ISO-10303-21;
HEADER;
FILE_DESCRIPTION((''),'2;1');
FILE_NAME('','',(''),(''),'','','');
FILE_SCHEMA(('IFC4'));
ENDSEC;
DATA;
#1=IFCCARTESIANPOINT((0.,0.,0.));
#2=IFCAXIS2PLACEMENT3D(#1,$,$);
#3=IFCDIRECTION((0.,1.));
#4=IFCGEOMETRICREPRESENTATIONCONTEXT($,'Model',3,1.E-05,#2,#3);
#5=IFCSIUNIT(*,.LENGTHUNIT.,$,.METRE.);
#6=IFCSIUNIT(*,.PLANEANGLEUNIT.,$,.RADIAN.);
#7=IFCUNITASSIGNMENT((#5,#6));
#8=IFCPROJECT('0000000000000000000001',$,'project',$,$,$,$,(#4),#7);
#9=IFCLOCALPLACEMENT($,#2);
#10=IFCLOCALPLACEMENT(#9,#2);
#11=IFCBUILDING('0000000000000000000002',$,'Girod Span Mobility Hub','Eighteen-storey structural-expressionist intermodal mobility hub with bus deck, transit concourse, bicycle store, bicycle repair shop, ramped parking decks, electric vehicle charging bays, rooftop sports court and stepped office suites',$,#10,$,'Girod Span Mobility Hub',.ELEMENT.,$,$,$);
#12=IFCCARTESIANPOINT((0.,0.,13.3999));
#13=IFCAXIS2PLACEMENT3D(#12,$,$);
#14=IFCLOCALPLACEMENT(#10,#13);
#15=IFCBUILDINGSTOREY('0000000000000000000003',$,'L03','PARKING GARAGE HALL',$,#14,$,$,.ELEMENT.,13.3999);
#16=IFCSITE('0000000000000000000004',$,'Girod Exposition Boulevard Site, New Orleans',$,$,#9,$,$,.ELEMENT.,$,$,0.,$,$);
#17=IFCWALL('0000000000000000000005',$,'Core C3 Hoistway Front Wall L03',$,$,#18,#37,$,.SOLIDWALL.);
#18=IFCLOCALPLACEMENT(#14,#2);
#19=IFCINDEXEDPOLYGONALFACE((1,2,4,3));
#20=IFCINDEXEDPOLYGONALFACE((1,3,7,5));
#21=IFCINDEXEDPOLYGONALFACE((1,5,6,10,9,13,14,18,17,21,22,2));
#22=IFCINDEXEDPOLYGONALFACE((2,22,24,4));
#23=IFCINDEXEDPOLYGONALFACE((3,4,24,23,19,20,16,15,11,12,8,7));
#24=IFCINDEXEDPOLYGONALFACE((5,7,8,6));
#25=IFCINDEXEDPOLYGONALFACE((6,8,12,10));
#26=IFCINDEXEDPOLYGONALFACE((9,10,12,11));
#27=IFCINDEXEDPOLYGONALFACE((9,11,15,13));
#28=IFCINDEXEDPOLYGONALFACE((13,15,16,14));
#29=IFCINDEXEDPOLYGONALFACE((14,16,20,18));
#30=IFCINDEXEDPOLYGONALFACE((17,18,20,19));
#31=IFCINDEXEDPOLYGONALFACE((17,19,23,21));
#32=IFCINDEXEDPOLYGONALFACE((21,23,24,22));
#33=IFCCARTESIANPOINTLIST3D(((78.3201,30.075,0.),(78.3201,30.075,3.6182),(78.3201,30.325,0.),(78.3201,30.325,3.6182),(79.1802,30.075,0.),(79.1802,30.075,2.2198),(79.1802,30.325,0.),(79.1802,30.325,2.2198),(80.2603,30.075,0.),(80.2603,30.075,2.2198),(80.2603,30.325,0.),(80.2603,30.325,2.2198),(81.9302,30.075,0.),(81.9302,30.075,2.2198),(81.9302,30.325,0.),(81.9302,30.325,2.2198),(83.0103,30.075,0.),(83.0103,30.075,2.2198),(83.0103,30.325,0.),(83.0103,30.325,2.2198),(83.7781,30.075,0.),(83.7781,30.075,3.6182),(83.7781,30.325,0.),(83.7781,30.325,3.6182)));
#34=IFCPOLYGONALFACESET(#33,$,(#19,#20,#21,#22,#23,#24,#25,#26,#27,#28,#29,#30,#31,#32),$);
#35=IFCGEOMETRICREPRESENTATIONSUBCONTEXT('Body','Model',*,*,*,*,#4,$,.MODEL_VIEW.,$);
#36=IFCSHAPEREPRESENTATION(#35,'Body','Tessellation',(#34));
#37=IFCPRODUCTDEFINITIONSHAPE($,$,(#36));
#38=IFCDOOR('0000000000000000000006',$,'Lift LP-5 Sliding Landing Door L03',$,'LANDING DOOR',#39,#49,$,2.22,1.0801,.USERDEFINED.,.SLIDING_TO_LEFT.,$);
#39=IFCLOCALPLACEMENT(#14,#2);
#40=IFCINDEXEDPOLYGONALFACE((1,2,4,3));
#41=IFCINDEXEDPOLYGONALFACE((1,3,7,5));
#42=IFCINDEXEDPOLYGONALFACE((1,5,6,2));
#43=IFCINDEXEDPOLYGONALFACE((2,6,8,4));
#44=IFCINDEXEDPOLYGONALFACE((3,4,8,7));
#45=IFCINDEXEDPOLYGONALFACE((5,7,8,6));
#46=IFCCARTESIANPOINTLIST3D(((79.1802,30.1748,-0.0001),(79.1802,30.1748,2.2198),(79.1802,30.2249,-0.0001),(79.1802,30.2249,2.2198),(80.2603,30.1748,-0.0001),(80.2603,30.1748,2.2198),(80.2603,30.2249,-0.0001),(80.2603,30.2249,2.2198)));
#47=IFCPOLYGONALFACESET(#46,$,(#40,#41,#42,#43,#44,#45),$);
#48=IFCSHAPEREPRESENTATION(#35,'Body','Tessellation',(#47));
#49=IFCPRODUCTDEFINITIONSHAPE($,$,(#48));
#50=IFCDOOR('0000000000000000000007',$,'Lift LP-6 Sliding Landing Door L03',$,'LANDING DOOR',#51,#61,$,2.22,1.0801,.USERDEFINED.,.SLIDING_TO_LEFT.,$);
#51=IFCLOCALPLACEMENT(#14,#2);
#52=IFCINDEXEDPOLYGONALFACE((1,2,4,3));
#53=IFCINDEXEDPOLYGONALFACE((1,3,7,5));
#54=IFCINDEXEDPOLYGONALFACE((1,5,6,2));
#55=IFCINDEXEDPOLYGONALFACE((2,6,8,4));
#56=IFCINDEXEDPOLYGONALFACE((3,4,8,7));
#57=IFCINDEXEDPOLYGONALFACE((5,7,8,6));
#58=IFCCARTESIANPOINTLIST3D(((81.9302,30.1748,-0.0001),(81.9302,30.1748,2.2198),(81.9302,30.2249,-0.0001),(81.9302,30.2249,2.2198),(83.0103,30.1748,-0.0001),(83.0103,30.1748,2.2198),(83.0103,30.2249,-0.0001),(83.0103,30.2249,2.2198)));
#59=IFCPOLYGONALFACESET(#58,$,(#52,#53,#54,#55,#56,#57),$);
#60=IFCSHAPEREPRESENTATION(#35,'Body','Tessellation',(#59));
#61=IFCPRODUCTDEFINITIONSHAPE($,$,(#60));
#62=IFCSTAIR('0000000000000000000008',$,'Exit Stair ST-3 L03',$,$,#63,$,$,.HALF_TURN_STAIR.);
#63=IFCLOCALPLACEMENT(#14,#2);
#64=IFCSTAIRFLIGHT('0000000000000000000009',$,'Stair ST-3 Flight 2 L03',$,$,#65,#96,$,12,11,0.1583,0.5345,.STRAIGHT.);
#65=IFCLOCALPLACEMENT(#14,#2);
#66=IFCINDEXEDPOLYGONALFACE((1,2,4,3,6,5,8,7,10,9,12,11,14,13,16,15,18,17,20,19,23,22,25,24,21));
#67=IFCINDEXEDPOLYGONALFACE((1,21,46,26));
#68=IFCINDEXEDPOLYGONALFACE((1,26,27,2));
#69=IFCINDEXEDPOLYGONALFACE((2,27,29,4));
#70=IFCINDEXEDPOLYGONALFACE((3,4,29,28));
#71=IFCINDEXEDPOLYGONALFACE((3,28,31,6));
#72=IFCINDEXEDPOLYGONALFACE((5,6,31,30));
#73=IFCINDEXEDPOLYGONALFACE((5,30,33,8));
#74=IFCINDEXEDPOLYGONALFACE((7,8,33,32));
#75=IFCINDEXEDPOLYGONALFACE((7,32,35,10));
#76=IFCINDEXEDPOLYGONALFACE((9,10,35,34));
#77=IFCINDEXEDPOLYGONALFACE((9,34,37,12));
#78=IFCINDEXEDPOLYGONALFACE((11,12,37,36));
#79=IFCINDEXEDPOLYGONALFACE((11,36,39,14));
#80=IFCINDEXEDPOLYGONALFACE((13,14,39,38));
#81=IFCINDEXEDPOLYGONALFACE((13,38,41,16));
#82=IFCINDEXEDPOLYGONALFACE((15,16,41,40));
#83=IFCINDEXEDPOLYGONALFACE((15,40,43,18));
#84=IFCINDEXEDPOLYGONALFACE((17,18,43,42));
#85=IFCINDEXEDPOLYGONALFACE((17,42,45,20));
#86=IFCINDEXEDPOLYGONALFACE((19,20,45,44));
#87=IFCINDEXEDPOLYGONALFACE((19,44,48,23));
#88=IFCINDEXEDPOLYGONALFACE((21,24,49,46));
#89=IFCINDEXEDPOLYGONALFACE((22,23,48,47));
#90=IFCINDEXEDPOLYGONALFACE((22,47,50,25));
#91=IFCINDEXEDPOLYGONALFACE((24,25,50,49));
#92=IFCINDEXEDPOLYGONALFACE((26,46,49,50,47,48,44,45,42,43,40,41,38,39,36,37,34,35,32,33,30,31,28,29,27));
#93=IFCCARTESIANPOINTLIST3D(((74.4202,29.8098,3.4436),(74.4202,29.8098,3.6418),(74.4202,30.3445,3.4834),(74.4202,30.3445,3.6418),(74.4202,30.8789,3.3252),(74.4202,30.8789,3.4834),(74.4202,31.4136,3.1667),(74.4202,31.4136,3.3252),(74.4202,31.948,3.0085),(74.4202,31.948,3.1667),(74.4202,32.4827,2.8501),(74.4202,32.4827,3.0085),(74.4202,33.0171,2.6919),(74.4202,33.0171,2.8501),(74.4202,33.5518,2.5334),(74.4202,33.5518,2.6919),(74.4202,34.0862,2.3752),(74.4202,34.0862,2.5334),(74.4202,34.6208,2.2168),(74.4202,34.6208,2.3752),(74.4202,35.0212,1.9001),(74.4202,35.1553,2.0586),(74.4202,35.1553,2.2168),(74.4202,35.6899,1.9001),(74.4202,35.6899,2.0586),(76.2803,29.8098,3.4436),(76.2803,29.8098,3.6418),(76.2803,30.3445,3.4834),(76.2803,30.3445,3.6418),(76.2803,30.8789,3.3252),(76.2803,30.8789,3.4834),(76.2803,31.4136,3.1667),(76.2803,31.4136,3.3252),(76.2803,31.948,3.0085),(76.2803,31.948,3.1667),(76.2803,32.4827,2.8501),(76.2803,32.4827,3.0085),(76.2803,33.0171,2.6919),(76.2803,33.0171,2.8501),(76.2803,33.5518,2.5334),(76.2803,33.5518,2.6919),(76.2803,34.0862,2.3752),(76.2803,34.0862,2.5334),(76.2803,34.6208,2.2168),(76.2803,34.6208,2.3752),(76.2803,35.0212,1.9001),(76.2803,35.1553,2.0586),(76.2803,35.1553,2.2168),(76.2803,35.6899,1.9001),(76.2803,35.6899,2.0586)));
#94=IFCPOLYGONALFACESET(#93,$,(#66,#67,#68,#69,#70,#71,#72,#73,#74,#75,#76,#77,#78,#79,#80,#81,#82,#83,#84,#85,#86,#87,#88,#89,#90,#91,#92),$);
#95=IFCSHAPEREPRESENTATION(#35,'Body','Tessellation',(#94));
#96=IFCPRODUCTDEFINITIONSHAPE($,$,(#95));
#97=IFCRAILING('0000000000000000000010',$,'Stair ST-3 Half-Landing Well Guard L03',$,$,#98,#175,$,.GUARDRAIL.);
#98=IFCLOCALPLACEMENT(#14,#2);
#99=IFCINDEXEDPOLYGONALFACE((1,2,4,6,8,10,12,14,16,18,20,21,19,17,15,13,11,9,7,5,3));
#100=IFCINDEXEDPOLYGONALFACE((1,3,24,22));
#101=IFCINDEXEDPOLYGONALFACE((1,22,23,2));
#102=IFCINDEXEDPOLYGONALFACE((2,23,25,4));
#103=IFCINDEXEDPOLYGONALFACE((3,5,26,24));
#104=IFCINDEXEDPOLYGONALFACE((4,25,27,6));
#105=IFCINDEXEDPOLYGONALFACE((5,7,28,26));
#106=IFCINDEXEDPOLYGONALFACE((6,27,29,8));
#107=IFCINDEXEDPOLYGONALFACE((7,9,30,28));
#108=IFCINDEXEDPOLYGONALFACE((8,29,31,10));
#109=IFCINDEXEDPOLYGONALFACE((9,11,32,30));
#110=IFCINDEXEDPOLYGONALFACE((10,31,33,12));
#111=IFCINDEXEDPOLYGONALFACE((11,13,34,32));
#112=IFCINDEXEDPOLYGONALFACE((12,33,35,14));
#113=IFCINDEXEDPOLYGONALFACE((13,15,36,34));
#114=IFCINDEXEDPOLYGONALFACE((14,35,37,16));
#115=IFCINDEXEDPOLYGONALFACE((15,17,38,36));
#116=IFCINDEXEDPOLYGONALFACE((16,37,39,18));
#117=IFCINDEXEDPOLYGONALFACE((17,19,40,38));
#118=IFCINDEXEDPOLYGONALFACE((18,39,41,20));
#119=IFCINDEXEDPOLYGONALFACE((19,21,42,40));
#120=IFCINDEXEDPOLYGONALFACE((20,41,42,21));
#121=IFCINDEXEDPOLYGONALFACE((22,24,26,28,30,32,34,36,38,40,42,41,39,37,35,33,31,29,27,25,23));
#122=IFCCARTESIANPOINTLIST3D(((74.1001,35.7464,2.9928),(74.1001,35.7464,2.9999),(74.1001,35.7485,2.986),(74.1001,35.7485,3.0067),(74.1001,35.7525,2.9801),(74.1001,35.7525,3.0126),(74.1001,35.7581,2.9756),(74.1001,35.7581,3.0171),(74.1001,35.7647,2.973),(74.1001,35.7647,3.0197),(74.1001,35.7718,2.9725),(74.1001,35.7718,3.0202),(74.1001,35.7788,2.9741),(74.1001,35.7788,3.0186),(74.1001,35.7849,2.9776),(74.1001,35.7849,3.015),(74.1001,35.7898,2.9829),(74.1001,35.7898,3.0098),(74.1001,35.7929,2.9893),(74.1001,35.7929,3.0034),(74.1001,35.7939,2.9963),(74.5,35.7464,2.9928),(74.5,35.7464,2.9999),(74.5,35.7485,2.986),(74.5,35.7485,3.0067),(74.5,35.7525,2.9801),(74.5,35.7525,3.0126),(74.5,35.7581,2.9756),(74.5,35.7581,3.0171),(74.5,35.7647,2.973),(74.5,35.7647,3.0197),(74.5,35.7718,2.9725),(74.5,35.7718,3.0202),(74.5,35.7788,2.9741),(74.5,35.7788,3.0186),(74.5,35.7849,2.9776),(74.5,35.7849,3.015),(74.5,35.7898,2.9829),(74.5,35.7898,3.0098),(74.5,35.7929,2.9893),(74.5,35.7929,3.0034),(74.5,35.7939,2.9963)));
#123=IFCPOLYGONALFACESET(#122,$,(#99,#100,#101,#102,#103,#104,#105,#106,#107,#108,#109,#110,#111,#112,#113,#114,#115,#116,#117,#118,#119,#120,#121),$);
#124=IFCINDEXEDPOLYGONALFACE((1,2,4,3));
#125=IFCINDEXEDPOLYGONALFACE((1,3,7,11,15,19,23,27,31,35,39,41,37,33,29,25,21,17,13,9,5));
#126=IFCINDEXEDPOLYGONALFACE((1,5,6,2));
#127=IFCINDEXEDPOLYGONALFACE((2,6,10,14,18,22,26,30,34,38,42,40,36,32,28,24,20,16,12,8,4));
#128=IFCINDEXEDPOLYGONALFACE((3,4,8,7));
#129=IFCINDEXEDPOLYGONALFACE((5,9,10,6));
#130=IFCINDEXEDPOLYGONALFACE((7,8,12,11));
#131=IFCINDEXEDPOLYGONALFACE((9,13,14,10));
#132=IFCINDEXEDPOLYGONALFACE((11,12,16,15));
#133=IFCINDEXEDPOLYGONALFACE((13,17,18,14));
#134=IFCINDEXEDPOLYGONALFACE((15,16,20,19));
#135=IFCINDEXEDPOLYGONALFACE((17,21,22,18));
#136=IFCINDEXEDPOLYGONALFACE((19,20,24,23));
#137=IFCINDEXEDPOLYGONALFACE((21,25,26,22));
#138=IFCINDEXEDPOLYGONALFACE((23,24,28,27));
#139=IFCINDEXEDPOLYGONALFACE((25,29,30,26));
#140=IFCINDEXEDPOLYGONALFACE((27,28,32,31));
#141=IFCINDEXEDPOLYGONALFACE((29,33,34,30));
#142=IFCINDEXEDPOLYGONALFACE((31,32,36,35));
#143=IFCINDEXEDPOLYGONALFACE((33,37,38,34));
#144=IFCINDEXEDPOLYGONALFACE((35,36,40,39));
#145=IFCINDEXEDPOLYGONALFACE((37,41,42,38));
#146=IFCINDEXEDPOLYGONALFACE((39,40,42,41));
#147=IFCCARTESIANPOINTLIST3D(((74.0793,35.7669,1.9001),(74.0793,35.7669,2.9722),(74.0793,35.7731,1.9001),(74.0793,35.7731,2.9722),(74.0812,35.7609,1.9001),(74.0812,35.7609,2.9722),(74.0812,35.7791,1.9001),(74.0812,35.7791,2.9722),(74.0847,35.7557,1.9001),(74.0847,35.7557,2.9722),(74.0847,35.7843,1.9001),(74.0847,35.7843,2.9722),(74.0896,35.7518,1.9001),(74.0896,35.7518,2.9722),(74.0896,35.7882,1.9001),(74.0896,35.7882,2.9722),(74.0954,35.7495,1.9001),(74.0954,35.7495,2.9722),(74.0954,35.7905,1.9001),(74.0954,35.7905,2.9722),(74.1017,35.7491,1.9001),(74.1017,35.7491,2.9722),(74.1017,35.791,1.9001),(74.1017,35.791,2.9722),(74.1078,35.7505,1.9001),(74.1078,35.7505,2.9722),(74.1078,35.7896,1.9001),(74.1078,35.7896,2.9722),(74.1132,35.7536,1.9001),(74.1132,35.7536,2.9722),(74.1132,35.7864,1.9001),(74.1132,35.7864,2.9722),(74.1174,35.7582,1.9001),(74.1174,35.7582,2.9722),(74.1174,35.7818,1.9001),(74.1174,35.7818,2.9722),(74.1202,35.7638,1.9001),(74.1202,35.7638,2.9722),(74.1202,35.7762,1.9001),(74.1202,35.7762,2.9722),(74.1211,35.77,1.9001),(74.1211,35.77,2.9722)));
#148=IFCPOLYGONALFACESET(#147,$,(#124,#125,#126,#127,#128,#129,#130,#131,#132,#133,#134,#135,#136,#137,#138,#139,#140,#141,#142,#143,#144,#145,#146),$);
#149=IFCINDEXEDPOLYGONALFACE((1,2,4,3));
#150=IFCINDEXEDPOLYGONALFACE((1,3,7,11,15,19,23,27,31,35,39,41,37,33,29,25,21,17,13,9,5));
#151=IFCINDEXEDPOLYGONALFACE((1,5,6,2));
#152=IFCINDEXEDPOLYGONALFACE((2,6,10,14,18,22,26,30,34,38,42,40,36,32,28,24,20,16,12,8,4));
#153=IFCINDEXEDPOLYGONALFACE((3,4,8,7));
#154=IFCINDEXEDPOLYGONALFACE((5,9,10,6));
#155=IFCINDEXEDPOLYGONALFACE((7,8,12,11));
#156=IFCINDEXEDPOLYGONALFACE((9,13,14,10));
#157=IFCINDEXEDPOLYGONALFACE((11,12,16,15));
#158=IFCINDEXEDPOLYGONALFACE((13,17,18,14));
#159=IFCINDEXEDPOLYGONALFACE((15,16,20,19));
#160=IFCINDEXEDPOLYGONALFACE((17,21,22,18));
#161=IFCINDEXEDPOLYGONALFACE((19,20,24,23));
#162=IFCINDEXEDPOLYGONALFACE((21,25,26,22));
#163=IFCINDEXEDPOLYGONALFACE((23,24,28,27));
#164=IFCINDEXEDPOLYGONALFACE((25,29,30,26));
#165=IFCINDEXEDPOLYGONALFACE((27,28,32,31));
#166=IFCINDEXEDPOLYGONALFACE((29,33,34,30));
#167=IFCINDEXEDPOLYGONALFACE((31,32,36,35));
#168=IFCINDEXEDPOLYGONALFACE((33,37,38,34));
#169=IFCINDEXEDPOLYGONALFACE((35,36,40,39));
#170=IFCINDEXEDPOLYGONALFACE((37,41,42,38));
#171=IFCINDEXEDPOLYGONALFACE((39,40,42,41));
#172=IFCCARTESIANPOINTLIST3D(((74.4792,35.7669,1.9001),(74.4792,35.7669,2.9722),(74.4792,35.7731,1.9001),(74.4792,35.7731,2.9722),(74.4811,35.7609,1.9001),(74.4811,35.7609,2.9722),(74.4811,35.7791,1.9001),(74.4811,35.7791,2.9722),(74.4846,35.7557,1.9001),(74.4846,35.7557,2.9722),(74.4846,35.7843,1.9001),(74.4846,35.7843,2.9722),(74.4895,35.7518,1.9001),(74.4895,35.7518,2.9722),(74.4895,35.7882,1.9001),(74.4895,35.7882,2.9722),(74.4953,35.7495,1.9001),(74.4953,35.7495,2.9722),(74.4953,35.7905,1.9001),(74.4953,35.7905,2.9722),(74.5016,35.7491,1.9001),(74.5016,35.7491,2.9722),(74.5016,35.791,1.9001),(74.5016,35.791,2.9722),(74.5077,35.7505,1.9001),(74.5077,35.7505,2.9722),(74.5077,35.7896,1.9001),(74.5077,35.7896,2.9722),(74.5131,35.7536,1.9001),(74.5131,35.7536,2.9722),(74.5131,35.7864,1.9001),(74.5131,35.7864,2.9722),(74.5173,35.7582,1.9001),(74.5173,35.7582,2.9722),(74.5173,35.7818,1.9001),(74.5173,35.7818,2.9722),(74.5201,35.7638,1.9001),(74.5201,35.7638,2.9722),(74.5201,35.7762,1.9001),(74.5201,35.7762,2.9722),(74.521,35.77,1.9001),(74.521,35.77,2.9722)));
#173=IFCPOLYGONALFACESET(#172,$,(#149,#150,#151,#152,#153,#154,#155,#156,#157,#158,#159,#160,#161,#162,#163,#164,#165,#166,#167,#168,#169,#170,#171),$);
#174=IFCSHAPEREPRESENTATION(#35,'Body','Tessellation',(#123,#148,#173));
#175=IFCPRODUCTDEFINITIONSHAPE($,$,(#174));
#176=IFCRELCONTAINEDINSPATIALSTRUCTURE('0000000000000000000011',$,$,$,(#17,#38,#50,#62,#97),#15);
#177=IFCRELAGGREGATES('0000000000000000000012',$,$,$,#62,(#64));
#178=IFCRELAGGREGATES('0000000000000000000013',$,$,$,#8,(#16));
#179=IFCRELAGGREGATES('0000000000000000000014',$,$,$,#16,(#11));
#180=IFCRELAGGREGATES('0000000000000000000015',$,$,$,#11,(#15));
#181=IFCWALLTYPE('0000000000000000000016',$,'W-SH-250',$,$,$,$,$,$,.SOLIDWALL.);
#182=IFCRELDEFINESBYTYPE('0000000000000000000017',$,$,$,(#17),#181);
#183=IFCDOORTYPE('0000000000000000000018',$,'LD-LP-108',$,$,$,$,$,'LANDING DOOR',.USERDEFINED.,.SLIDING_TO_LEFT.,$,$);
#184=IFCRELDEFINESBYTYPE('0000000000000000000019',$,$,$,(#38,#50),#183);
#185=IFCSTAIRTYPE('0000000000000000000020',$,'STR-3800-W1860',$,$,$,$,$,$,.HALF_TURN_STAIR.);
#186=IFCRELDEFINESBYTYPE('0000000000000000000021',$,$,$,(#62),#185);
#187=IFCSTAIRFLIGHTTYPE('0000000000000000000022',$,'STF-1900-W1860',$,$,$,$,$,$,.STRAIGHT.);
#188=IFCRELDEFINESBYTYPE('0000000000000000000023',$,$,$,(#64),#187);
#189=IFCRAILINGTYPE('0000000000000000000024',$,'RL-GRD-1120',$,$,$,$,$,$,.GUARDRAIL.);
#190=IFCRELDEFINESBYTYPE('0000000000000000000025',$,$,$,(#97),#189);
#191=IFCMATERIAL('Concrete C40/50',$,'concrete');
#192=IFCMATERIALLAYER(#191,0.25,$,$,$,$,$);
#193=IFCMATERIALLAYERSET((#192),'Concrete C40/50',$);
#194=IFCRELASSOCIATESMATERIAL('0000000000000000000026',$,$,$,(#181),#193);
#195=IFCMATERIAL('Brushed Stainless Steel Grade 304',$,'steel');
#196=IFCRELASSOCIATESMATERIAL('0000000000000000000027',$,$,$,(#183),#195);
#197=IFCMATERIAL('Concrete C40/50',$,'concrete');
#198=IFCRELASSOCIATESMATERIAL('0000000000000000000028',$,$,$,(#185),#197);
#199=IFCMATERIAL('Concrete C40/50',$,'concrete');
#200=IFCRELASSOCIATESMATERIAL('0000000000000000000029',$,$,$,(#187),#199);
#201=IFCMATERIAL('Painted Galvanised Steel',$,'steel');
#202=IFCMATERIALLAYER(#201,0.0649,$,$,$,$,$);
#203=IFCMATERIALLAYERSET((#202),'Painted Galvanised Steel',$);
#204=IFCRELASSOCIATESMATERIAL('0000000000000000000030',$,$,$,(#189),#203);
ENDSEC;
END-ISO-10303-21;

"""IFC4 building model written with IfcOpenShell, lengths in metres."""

from ifc_helpers import new_model, si_unit, direction, frame, frame_2d, origin, origin_2d, place, context, subcontext, project, spatial, polyline, rectangle, circle, outline, extrude, material, layer, layer_set, type_object, element, fill, aggregate, save


model = new_model("IFC4")

# Units and contexts
model_context = context("Model", 3, precision=1e-05, world=origin(), true_north=direction((0.0, 1.0)))
body_context = subcontext(model_context, "Body", "Model", "MODEL_VIEW")
ifc_project = project(units=[si_unit("LENGTHUNIT", "METRE"), si_unit("PLANEANGLEUNIT", "RADIAN")], contexts=[model_context])

# Site, building, storey
site_placement = place(None, origin())
site = spatial("IfcSite", under=ifc_project, at=site_placement, Name="Girod Exposition Boulevard Site, New Orleans", CompositionType="ELEMENT", RefElevation=0.0)
building_placement = place(site_placement, origin())
building = spatial("IfcBuilding", under=site, at=building_placement, Name="Girod Span Mobility Hub", Description="Eighteen-storey structural-expressionist intermodal mobility hub with bus deck, transit concourse, bicycle store, bicycle repair shop, ramped parking decks, electric vehicle charging bays, rooftop sports court and stepped office suites", LongName="Girod Span Mobility Hub", CompositionType="ELEMENT")
storey_placement = place(building_placement, frame((0.0, 0.0, 13.3999)))
storey = spatial("IfcBuildingStorey", under=building, at=storey_placement, Name="L03", Description="PARKING GARAGE HALL", CompositionType="ELEMENT", Elevation=13.3999)

# Wall, openings, doors
ifc_material_1 = material(Name="Concrete C40/50", Category="concrete")
ifc_layer_1 = layer(ifc_material_1, 0.25)
ifc_layer_set_1 = layer_set([ifc_layer_1], Name="Concrete C40/50")
wall_type_1 = type_object("IfcWallType", Name="W-SH-250", PredefinedType="SOLIDWALL", material=ifc_layer_set_1)
wall_1_placement = place(storey_placement, frame((78.3201, 30.2, 0.0), z_axis=(0.0, 0.0, 1.0), x_axis=(1.0, 0.0, 0.0)))
wall_1 = element("IfcWall", 1, at=wall_1_placement, inside=storey, type_object=wall_type_1, Name="Core C3 Hoistway Front Wall L03", PredefinedType="SOLIDWALL", context=body_context, shape_type="SweptSolid", body=[
    extrude(rectangle(XDim=5.458, YDim=0.25, at=frame_2d((2.729, 0.0))), origin(), (0.0, 0.0, 1.0), 3.6182),
])
opening_1_placement = place(wall_1_placement, frame((0.8601, 0.0, 0.0)))
opening_1 = element("IfcOpeningElement", 2, at=opening_1_placement, cuts=wall_1, PredefinedType="OPENING", context=body_context, shape_type="SweptSolid", body=[
    extrude(rectangle(XDim=1.0801, YDim=2.22, at=frame_2d((0.54, 1.1099))), frame((0.0, 0.1399, 0.0), z_axis=(0.0, -1.0, 0.0), x_axis=(1.0, 0.0, 0.0)), (0.0, 0.0, 1.0), 0.28),
])
opening_2_placement = place(wall_1_placement, frame((3.6101, 0.0, 0.0)))
opening_2 = element("IfcOpeningElement", 3, at=opening_2_placement, cuts=wall_1, PredefinedType="OPENING", context=body_context, shape_type="SweptSolid", body=[
    extrude(rectangle(XDim=1.0801, YDim=2.22, at=frame_2d((0.54, 1.1099))), frame((0.0, 0.1399, 0.0), z_axis=(0.0, -1.0, 0.0), x_axis=(1.0, 0.0, 0.0)), (0.0, 0.0, 1.0), 0.28),
])
ifc_material_2 = material(Name="Brushed Stainless Steel Grade 304", Category="steel")
door_type_1 = type_object("IfcDoorType", Name="LD-LP-108", ElementType="LANDING DOOR", OperationType="SLIDING_TO_LEFT", PredefinedType="USERDEFINED", material=ifc_material_2)
door_1_placement = place(opening_1_placement, origin())
door_1 = element("IfcDoor", 4, at=door_1_placement, inside=storey, type_object=door_type_1, Name="Lift LP-5 Sliding Landing Door L03", ObjectType="LANDING DOOR", OperationType="SLIDING_TO_LEFT", OverallHeight=2.22, OverallWidth=1.0801, PredefinedType="USERDEFINED", context=body_context, shape_type="SweptSolid", body=[
    extrude(rectangle(XDim=1.0801, YDim=2.22, at=frame_2d((0.54, 1.1099))), frame((0.0, 0.0249, 0.0), z_axis=(0.0, -1.0, 0.0), x_axis=(1.0, 0.0, 0.0)), (0.0, 0.0, 1.0), 0.05),
])
fill(opening_1, door_1)
door_2_placement = place(opening_2_placement, origin())
door_2 = element("IfcDoor", 5, at=door_2_placement, inside=storey, type_object=door_type_1, Name="Lift LP-6 Sliding Landing Door L03", ObjectType="LANDING DOOR", OperationType="SLIDING_TO_LEFT", OverallHeight=2.22, OverallWidth=1.0801, PredefinedType="USERDEFINED", context=body_context, shape_type="SweptSolid", body=[
    extrude(rectangle(XDim=1.0801, YDim=2.22, at=frame_2d((0.54, 1.1099))), frame((0.0, 0.0249, 0.0), z_axis=(0.0, -1.0, 0.0), x_axis=(1.0, 0.0, 0.0)), (0.0, 0.0, 1.0), 0.05),
])
fill(opening_2, door_2)

# Stair, stair flight
ifc_material_3 = material(Name="Concrete C40/50", Category="concrete")
stair_type = type_object("IfcStairType", Name="STR-3800-W1860", PredefinedType="HALF_TURN_STAIR", material=ifc_material_3)
stair_placement = place(storey_placement, origin())
stair = element("IfcStair", 6, at=stair_placement, inside=storey, type_object=stair_type, Name="Exit Stair ST-3 L03", PredefinedType="HALF_TURN_STAIR")
ifc_material_4 = material(Name="Concrete C40/50", Category="concrete")
stair_flight_type = type_object("IfcStairFlightType", Name="STF-1900-W1860", PredefinedType="STRAIGHT", material=ifc_material_4)
stair_flight_placement = place(storey_placement, frame((75.3501, 35.6899, 1.9001), z_axis=(0.0, 0.0, 1.0), x_axis=(0.0, -1.0, 0.0)))
stair_flight = element("IfcStairFlight", 7, at=stair_flight_placement, type_object=stair_flight_type, Name="Stair ST-3 Flight 2 L03", NumberOfRisers=12, NumberOfTreads=11, PredefinedType="STRAIGHT", RiserHeight=0.1583, TreadLength=0.5345, context=body_context, shape_type="SweptSolid", body=[
    extrude(outline(polyline([(0.0, 0.0), (0.0, 0.1584), (0.5347, 0.1584), (0.5347, 0.3167), (1.0691, 0.3167), (1.0691, 0.4751), (1.6038, 0.4751), (1.6038, 0.6333), (2.1382, 0.6333), (2.1382, 0.7917), (2.6729, 0.7917), (2.6729, 0.95), (3.2073, 0.95), (3.2073, 1.1084), (3.7419, 1.1084), (3.7419, 1.2666), (4.2764, 1.2666), (4.2764, 1.425), (4.811, 1.425), (4.811, 1.5833), (5.3455, 1.5833), (5.3455, 1.7417), (5.8801, 1.7417), (5.8801, 1.8999), (5.8801, 1.5435), (0.6687, 0.0), (0.0, 0.0)])), frame((0.0, 0.9302, 0.0), z_axis=(0.0, -1.0, 0.0), x_axis=(1.0, 0.0, 0.0)), (0.0, 0.0, 1.0), 1.8601),
])
aggregate(stair, [stair_flight])

# Railing
ifc_material_5 = material(Name="Painted Galvanised Steel", Category="steel")
ifc_layer_2 = layer(ifc_material_5, 0.0649)
ifc_layer_set_2 = layer_set([ifc_layer_2], Name="Painted Galvanised Steel")
railing_type_1 = type_object("IfcRailingType", Name="RL-GRD-1120", PredefinedType="GUARDRAIL", material=ifc_layer_set_2)
railing_1_placement = place(storey_placement, frame((74.1001, 35.77, 1.9001)))
element("IfcRailing", 8, at=railing_1_placement, inside=storey, type_object=railing_type_1, Name="Stair ST-3 Half-Landing Well Guard L03", PredefinedType="GUARDRAIL", context=body_context, shape_type="SweptSolid", body=[
    extrude(circle(Radius=0.0239, at=origin_2d()), frame((0.0, 0.0, 1.0962), z_axis=(1.0, 0.0, 0.0), x_axis=(0.0, 1.0, 0.0)), (0.0, 0.0, 1.0), 0.3999),
    extrude(circle(Radius=0.021, at=origin_2d()), origin(), (0.0, 0.0, 1.0), 1.072),
    extrude(circle(Radius=0.021, at=origin_2d()), frame((0.3999, 0.0, 0.0)), (0.0, 0.0, 1.0), 1.072),
])

save(model, "model.ifc")
